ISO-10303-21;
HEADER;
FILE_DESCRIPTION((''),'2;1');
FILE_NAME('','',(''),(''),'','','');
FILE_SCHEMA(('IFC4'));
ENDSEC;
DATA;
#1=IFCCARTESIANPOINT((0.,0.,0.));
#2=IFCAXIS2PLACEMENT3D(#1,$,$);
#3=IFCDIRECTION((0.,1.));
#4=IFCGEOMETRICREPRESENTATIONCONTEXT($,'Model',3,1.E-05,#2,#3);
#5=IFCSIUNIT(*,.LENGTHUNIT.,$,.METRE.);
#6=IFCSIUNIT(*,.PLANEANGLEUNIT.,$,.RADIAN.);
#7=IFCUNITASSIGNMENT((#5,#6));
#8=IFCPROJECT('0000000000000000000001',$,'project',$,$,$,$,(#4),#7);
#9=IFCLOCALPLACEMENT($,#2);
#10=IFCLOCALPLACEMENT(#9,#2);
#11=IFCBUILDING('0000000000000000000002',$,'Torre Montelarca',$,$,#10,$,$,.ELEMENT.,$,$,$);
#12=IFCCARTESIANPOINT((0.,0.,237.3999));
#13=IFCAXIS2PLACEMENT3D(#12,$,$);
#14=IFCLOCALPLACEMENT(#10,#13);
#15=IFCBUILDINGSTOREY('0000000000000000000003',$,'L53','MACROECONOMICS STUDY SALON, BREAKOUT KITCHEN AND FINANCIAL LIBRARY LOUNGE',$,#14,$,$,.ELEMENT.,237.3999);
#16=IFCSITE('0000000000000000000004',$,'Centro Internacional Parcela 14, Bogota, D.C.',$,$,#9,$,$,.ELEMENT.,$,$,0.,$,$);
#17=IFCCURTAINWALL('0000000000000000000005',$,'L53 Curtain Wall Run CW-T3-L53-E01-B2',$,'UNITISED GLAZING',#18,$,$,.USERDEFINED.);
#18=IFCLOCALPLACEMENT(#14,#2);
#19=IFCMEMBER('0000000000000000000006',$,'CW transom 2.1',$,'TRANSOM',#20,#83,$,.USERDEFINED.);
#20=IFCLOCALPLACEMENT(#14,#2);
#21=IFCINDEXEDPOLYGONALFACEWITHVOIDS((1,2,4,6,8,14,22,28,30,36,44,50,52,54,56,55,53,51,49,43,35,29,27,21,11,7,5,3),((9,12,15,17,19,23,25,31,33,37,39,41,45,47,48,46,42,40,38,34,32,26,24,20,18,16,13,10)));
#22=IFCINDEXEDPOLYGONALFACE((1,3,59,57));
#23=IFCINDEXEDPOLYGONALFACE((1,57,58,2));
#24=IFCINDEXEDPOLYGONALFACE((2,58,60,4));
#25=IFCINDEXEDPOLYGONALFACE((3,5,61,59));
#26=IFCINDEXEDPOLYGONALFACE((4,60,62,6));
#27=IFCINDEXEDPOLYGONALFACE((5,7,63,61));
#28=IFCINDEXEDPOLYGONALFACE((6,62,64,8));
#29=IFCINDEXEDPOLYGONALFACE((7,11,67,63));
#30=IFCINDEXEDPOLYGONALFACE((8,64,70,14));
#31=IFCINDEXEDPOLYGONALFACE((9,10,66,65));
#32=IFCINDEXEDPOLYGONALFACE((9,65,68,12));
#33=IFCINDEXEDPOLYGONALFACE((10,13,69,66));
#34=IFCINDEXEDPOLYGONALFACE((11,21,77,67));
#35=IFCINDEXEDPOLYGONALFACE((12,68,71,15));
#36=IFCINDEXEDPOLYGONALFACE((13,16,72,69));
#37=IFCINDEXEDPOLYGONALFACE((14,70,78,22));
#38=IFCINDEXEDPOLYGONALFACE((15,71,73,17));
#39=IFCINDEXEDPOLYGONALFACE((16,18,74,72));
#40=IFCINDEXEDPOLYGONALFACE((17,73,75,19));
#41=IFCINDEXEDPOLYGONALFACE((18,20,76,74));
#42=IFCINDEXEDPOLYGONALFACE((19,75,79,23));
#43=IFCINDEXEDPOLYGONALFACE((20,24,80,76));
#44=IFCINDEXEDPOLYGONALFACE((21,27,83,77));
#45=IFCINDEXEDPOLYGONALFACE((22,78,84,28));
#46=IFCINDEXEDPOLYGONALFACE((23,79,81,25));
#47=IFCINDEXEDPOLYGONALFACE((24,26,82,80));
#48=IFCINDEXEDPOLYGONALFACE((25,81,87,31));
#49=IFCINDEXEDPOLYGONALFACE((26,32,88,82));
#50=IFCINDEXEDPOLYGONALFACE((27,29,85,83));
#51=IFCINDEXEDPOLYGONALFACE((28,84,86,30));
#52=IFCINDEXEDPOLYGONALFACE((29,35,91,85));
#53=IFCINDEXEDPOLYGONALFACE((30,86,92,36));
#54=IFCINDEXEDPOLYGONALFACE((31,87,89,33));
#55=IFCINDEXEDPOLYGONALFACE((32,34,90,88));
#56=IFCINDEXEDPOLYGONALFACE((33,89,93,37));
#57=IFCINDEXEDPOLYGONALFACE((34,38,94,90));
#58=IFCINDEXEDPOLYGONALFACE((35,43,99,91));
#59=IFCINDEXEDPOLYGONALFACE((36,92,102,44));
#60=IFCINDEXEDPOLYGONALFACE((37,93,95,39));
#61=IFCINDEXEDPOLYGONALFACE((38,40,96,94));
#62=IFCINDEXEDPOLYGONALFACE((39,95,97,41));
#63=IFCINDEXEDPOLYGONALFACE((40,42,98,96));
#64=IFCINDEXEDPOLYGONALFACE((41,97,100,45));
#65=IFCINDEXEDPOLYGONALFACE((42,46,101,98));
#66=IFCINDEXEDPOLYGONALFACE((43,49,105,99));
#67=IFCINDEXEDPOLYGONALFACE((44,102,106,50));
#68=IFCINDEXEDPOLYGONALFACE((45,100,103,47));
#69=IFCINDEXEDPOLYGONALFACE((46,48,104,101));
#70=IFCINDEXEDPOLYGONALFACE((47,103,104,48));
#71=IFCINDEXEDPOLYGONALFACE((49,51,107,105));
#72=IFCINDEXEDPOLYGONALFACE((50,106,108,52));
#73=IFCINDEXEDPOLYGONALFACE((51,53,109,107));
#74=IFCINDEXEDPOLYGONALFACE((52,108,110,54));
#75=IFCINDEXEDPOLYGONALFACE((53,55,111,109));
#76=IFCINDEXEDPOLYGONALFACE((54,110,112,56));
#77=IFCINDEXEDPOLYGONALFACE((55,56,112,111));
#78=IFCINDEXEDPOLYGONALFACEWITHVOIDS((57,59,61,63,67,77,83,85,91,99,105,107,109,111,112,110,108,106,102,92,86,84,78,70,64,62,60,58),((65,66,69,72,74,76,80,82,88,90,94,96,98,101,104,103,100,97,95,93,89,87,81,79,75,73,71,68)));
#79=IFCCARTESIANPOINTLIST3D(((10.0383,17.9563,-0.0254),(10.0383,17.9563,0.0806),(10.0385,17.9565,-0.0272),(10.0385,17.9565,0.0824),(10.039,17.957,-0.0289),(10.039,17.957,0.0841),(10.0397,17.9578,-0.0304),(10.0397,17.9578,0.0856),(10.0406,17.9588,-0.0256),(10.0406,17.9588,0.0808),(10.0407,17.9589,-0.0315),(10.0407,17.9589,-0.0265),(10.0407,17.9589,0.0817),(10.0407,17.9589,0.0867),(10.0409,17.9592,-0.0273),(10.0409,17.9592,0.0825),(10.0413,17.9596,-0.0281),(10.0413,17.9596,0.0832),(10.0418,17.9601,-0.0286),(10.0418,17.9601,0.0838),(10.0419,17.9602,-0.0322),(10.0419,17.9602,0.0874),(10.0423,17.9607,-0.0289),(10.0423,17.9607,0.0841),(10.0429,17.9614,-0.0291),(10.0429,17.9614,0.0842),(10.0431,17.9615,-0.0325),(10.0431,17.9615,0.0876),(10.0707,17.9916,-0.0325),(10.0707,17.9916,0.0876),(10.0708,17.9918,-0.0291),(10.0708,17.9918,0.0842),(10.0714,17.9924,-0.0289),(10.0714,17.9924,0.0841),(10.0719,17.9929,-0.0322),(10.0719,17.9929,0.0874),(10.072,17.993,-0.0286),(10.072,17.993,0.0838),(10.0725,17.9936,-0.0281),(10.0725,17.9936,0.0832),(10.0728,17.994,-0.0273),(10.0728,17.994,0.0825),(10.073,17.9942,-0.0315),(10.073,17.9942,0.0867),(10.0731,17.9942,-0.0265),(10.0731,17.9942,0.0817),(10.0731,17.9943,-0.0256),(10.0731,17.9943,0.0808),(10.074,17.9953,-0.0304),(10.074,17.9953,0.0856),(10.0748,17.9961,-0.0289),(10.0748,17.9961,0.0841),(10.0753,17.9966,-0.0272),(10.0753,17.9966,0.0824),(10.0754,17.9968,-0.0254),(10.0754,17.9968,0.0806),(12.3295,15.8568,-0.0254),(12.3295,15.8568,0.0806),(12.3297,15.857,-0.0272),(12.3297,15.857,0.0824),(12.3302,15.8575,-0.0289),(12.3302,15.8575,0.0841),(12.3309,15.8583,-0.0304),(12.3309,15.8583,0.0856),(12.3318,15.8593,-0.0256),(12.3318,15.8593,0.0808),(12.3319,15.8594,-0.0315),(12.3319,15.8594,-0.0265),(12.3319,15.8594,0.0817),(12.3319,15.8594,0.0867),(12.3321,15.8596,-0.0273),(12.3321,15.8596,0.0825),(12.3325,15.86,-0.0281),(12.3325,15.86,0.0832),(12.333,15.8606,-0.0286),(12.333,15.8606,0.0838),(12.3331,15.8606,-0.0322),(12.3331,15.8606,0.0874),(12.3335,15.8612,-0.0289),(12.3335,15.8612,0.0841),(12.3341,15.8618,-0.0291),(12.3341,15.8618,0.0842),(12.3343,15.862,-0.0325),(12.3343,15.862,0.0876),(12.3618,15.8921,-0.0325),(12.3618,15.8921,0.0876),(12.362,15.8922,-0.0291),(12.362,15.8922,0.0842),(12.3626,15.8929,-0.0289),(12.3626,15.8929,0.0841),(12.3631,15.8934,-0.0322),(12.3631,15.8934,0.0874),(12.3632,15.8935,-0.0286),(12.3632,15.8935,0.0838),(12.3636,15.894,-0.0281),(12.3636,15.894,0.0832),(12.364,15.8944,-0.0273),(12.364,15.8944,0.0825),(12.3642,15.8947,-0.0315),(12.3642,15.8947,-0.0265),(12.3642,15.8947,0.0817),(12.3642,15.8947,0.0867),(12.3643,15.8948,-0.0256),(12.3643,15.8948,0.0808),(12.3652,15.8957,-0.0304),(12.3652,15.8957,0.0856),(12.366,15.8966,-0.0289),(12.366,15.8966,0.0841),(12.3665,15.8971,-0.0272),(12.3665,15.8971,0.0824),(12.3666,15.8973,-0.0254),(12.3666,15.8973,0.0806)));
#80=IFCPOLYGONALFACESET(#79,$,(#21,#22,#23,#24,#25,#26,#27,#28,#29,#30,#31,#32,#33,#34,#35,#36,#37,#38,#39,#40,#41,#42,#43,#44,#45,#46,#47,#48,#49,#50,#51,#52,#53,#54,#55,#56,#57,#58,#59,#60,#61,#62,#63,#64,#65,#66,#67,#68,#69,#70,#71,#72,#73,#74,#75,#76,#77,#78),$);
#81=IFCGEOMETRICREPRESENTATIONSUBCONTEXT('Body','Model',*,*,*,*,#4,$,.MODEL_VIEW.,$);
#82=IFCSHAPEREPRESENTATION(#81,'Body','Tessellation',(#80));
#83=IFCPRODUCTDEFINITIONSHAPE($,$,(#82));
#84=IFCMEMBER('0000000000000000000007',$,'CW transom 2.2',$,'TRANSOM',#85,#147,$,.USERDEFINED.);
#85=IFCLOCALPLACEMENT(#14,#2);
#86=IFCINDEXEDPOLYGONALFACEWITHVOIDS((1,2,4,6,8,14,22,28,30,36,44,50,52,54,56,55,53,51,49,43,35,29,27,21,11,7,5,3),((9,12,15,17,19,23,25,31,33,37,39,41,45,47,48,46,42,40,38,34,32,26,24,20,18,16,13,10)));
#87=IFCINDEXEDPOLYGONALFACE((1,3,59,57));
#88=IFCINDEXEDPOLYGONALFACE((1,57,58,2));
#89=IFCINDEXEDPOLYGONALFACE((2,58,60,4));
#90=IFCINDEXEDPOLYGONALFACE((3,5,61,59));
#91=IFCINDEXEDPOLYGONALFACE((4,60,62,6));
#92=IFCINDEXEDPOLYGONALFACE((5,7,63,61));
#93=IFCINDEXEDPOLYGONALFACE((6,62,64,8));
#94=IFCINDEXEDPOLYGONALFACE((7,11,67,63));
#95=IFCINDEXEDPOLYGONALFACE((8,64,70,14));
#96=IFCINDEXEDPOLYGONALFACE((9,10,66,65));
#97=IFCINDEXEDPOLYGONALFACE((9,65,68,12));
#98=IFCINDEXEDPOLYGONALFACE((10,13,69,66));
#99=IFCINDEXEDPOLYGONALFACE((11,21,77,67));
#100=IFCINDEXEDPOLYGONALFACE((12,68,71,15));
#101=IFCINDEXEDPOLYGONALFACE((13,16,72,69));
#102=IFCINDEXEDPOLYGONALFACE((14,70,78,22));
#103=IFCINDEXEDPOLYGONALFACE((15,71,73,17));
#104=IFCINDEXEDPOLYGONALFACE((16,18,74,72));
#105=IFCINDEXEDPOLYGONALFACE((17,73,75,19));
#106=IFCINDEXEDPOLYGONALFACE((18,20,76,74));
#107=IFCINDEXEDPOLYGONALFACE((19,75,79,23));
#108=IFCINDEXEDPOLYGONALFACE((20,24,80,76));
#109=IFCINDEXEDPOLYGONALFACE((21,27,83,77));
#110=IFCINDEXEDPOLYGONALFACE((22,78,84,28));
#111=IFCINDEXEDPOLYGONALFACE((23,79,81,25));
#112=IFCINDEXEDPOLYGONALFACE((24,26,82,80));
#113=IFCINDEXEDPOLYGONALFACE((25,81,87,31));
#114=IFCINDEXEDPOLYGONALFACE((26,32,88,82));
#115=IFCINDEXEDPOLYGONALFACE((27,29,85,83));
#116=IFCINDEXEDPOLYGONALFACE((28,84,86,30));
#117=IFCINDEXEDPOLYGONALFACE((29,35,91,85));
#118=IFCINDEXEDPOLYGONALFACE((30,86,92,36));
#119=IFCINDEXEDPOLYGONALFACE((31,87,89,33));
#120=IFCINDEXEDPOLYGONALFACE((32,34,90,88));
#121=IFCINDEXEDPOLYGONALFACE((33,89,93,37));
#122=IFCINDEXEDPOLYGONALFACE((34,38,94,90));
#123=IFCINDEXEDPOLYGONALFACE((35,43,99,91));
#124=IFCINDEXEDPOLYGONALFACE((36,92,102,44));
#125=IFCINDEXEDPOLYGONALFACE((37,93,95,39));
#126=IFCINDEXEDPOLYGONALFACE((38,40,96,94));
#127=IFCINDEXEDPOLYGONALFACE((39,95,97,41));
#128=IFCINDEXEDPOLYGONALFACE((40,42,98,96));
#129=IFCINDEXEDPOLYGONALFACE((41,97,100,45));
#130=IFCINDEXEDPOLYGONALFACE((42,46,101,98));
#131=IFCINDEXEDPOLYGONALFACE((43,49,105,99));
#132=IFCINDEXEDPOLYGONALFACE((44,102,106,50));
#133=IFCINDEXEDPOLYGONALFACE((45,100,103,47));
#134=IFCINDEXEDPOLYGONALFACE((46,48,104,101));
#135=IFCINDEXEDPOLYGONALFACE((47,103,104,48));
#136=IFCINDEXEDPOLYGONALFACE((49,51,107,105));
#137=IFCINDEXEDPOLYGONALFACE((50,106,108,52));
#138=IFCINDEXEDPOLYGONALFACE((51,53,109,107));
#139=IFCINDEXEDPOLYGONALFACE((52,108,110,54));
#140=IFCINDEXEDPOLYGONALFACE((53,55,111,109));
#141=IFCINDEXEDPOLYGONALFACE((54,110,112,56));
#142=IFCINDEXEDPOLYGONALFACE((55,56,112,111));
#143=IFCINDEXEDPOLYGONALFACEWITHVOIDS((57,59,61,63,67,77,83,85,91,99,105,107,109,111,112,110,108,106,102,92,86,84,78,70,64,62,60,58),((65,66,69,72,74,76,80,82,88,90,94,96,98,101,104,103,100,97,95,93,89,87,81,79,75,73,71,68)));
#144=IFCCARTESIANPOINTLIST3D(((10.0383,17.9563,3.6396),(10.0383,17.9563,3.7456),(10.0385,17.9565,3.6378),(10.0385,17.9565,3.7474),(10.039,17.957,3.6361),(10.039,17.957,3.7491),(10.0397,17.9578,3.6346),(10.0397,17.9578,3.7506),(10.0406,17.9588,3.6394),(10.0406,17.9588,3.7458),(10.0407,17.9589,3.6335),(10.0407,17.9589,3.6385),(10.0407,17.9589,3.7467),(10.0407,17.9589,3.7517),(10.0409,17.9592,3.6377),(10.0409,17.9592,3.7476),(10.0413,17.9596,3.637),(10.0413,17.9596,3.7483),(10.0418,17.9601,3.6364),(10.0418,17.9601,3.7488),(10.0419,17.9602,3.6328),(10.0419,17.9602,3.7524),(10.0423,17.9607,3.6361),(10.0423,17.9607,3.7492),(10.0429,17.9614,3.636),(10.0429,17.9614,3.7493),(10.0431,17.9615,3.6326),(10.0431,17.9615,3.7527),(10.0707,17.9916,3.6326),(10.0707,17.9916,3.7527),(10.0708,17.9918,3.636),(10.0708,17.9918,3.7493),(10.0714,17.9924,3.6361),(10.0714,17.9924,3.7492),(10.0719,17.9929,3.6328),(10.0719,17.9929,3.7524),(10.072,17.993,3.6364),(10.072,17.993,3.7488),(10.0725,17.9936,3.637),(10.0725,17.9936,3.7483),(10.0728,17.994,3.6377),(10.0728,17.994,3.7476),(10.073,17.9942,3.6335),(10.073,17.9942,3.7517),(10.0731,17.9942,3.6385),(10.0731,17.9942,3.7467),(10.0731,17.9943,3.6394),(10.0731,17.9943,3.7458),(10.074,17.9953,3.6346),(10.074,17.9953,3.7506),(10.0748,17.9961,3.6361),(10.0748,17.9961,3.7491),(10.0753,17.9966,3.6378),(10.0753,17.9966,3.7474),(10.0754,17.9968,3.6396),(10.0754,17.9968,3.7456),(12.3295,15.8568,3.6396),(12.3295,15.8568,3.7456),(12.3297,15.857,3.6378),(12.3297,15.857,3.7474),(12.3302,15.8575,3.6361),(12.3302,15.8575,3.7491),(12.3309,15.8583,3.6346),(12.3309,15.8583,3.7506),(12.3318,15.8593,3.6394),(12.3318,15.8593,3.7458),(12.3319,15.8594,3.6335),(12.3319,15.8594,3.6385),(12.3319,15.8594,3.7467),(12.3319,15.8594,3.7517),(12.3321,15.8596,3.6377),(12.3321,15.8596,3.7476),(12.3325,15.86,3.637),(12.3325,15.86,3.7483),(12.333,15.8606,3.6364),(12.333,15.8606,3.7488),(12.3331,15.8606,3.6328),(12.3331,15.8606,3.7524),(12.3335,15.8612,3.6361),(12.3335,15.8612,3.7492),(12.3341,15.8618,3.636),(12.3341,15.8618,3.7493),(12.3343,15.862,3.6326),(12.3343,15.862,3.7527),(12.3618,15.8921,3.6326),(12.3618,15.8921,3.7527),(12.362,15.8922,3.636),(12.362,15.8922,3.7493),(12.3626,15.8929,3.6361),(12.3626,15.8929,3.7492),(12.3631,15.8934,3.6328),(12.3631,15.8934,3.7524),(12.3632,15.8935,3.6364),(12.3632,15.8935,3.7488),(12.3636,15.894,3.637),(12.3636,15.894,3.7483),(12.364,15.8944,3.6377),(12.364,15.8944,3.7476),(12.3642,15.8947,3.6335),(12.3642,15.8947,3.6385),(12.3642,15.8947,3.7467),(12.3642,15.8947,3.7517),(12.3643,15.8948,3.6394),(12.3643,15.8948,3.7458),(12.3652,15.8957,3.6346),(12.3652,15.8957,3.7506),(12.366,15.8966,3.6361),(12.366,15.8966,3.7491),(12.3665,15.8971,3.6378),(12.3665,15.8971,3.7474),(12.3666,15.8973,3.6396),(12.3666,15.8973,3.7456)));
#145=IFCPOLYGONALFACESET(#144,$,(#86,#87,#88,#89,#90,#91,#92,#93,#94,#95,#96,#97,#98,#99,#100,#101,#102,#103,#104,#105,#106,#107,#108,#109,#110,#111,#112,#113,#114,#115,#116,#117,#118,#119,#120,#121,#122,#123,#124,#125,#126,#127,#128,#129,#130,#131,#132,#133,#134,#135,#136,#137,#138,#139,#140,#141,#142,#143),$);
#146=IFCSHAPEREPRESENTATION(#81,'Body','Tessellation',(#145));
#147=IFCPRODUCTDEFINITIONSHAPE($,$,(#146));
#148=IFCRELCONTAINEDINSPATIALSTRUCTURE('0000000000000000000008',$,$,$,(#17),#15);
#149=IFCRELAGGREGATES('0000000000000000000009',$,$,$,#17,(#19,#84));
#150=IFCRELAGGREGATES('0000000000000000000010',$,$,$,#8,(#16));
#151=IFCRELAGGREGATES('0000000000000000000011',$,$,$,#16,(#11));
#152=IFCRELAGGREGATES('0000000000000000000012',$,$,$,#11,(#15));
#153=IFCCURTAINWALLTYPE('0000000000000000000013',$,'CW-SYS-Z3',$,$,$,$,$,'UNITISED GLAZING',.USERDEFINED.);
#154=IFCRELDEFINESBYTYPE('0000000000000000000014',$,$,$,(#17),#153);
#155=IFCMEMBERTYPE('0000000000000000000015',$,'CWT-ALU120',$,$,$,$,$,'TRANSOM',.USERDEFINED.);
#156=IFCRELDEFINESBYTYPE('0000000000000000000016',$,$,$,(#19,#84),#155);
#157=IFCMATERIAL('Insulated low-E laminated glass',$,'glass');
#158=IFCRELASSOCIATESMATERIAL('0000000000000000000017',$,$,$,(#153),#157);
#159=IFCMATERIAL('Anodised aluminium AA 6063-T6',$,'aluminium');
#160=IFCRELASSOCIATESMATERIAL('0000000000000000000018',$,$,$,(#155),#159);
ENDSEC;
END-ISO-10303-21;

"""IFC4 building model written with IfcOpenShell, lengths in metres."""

from ifc_helpers import new_model, si_unit, direction, frame, origin, origin_2d, place, context, subcontext, project, spatial, hollow_rectangle, extrude, source, transform, mapped, material, material_profile, profile_set, type_object, element, aggregate, save


model = new_model("IFC4")

# Units and contexts
model_context = context("Model", 3, precision=1e-05, world=origin(), true_north=direction((0.0, 1.0)))
body_context = subcontext(model_context, "Body", "Model", "MODEL_VIEW")
ifc_project = project(units=[si_unit("LENGTHUNIT", "METRE"), si_unit("PLANEANGLEUNIT", "RADIAN")], contexts=[model_context])

# Site, building, storey
site_placement = place(None, origin())
site = spatial("IfcSite", under=ifc_project, at=site_placement, Name="Centro Internacional Parcela 14, Bogota, D.C.", CompositionType="ELEMENT", RefElevation=0.0)
building_placement = place(site_placement, origin())
building = spatial("IfcBuilding", under=site, at=building_placement, Name="Torre Montelarca", CompositionType="ELEMENT")
storey_placement = place(building_placement, frame((0.0, 0.0, 237.3999)))
storey = spatial("IfcBuildingStorey", under=building, at=storey_placement, Name="L53", Description="MACROECONOMICS STUDY SALON, BREAKOUT KITCHEN AND FINANCIAL LIBRARY LOUNGE", CompositionType="ELEMENT", Elevation=237.3999)

# Curtain wall, members
ifc_material_1 = material(Name="Insulated low-E laminated glass", Category="glass")
curtain_wall_type = type_object("IfcCurtainWallType", Name="CW-SYS-Z3", ElementType="UNITISED GLAZING", PredefinedType="USERDEFINED", material=ifc_material_1)
ifc_material_2 = material(Name="Anodised aluminium AA 6063-T6", Category="aluminium")
ifc_material_profile_1 = material_profile(ifc_material_2, hollow_rectangle(XDim=0.0549, YDim=0.1201, WallThickness=0.0034, InnerFilletRadius=0.0034, OuterFilletRadius=0.0071, at=origin_2d()), Name="ALU55X120X3.5", Category="aluminium")
ifc_profile_set_1 = profile_set([ifc_material_profile_1], Name="Anodised aluminium AA 6063-T6")
member_type_1 = type_object("IfcMemberType", Name="CWT-ALU120", ElementType="TRANSOM", PredefinedType="USERDEFINED", material=ifc_profile_set_1)
curtain_wall_1_placement = place(storey_placement, origin())
curtain_wall_1 = element("IfcCurtainWall", 1, at=curtain_wall_1_placement, inside=storey, type_object=curtain_wall_type, Name="L53 Curtain Wall Run CW-T3-L53-E01-B2", ObjectType="UNITISED GLAZING", PredefinedType="USERDEFINED")
shared_shape_1 = source(origin(), body_context, "Body", "SweptSolid", [
    extrude(hollow_rectangle(XDim=0.0549, YDim=0.1201, WallThickness=0.0034, InnerFilletRadius=0.0034, OuterFilletRadius=0.0071, at=origin_2d()), origin(), (0.0, 0.0, 1.0), 3.1077),
])
member_1_placement = place(storey_placement, frame((10.0569, 17.9766, 0.0276), z_axis=(0.737268, -0.6756, 0.0), x_axis=(0.6756, 0.737268, 0.0)))
member_1 = element("IfcMember", 2, at=member_1_placement, type_object=member_type_1, Name="CW transom 2.1", ObjectType="TRANSOM", PredefinedType="USERDEFINED", context=body_context, shape_type="MappedRepresentation", body=[
    mapped(shared_shape_1, transform((0.0, 0.0, 0.0), scale=1.0)),
])
member_2_placement = place(storey_placement, frame((10.0569, 17.9766, 3.6926), z_axis=(0.737268, -0.6756, 0.0), x_axis=(0.6756, 0.737268, 0.0)))
member_2 = element("IfcMember", 3, at=member_2_placement, type_object=member_type_1, Name="CW transom 2.2", ObjectType="TRANSOM", PredefinedType="USERDEFINED", context=body_context, shape_type="MappedRepresentation", body=[
    mapped(shared_shape_1, transform((0.0, 0.0, 0.0), scale=1.0)),
])

aggregate(curtain_wall_1, [member_1, member_2])

save(model, "model.ifc")
